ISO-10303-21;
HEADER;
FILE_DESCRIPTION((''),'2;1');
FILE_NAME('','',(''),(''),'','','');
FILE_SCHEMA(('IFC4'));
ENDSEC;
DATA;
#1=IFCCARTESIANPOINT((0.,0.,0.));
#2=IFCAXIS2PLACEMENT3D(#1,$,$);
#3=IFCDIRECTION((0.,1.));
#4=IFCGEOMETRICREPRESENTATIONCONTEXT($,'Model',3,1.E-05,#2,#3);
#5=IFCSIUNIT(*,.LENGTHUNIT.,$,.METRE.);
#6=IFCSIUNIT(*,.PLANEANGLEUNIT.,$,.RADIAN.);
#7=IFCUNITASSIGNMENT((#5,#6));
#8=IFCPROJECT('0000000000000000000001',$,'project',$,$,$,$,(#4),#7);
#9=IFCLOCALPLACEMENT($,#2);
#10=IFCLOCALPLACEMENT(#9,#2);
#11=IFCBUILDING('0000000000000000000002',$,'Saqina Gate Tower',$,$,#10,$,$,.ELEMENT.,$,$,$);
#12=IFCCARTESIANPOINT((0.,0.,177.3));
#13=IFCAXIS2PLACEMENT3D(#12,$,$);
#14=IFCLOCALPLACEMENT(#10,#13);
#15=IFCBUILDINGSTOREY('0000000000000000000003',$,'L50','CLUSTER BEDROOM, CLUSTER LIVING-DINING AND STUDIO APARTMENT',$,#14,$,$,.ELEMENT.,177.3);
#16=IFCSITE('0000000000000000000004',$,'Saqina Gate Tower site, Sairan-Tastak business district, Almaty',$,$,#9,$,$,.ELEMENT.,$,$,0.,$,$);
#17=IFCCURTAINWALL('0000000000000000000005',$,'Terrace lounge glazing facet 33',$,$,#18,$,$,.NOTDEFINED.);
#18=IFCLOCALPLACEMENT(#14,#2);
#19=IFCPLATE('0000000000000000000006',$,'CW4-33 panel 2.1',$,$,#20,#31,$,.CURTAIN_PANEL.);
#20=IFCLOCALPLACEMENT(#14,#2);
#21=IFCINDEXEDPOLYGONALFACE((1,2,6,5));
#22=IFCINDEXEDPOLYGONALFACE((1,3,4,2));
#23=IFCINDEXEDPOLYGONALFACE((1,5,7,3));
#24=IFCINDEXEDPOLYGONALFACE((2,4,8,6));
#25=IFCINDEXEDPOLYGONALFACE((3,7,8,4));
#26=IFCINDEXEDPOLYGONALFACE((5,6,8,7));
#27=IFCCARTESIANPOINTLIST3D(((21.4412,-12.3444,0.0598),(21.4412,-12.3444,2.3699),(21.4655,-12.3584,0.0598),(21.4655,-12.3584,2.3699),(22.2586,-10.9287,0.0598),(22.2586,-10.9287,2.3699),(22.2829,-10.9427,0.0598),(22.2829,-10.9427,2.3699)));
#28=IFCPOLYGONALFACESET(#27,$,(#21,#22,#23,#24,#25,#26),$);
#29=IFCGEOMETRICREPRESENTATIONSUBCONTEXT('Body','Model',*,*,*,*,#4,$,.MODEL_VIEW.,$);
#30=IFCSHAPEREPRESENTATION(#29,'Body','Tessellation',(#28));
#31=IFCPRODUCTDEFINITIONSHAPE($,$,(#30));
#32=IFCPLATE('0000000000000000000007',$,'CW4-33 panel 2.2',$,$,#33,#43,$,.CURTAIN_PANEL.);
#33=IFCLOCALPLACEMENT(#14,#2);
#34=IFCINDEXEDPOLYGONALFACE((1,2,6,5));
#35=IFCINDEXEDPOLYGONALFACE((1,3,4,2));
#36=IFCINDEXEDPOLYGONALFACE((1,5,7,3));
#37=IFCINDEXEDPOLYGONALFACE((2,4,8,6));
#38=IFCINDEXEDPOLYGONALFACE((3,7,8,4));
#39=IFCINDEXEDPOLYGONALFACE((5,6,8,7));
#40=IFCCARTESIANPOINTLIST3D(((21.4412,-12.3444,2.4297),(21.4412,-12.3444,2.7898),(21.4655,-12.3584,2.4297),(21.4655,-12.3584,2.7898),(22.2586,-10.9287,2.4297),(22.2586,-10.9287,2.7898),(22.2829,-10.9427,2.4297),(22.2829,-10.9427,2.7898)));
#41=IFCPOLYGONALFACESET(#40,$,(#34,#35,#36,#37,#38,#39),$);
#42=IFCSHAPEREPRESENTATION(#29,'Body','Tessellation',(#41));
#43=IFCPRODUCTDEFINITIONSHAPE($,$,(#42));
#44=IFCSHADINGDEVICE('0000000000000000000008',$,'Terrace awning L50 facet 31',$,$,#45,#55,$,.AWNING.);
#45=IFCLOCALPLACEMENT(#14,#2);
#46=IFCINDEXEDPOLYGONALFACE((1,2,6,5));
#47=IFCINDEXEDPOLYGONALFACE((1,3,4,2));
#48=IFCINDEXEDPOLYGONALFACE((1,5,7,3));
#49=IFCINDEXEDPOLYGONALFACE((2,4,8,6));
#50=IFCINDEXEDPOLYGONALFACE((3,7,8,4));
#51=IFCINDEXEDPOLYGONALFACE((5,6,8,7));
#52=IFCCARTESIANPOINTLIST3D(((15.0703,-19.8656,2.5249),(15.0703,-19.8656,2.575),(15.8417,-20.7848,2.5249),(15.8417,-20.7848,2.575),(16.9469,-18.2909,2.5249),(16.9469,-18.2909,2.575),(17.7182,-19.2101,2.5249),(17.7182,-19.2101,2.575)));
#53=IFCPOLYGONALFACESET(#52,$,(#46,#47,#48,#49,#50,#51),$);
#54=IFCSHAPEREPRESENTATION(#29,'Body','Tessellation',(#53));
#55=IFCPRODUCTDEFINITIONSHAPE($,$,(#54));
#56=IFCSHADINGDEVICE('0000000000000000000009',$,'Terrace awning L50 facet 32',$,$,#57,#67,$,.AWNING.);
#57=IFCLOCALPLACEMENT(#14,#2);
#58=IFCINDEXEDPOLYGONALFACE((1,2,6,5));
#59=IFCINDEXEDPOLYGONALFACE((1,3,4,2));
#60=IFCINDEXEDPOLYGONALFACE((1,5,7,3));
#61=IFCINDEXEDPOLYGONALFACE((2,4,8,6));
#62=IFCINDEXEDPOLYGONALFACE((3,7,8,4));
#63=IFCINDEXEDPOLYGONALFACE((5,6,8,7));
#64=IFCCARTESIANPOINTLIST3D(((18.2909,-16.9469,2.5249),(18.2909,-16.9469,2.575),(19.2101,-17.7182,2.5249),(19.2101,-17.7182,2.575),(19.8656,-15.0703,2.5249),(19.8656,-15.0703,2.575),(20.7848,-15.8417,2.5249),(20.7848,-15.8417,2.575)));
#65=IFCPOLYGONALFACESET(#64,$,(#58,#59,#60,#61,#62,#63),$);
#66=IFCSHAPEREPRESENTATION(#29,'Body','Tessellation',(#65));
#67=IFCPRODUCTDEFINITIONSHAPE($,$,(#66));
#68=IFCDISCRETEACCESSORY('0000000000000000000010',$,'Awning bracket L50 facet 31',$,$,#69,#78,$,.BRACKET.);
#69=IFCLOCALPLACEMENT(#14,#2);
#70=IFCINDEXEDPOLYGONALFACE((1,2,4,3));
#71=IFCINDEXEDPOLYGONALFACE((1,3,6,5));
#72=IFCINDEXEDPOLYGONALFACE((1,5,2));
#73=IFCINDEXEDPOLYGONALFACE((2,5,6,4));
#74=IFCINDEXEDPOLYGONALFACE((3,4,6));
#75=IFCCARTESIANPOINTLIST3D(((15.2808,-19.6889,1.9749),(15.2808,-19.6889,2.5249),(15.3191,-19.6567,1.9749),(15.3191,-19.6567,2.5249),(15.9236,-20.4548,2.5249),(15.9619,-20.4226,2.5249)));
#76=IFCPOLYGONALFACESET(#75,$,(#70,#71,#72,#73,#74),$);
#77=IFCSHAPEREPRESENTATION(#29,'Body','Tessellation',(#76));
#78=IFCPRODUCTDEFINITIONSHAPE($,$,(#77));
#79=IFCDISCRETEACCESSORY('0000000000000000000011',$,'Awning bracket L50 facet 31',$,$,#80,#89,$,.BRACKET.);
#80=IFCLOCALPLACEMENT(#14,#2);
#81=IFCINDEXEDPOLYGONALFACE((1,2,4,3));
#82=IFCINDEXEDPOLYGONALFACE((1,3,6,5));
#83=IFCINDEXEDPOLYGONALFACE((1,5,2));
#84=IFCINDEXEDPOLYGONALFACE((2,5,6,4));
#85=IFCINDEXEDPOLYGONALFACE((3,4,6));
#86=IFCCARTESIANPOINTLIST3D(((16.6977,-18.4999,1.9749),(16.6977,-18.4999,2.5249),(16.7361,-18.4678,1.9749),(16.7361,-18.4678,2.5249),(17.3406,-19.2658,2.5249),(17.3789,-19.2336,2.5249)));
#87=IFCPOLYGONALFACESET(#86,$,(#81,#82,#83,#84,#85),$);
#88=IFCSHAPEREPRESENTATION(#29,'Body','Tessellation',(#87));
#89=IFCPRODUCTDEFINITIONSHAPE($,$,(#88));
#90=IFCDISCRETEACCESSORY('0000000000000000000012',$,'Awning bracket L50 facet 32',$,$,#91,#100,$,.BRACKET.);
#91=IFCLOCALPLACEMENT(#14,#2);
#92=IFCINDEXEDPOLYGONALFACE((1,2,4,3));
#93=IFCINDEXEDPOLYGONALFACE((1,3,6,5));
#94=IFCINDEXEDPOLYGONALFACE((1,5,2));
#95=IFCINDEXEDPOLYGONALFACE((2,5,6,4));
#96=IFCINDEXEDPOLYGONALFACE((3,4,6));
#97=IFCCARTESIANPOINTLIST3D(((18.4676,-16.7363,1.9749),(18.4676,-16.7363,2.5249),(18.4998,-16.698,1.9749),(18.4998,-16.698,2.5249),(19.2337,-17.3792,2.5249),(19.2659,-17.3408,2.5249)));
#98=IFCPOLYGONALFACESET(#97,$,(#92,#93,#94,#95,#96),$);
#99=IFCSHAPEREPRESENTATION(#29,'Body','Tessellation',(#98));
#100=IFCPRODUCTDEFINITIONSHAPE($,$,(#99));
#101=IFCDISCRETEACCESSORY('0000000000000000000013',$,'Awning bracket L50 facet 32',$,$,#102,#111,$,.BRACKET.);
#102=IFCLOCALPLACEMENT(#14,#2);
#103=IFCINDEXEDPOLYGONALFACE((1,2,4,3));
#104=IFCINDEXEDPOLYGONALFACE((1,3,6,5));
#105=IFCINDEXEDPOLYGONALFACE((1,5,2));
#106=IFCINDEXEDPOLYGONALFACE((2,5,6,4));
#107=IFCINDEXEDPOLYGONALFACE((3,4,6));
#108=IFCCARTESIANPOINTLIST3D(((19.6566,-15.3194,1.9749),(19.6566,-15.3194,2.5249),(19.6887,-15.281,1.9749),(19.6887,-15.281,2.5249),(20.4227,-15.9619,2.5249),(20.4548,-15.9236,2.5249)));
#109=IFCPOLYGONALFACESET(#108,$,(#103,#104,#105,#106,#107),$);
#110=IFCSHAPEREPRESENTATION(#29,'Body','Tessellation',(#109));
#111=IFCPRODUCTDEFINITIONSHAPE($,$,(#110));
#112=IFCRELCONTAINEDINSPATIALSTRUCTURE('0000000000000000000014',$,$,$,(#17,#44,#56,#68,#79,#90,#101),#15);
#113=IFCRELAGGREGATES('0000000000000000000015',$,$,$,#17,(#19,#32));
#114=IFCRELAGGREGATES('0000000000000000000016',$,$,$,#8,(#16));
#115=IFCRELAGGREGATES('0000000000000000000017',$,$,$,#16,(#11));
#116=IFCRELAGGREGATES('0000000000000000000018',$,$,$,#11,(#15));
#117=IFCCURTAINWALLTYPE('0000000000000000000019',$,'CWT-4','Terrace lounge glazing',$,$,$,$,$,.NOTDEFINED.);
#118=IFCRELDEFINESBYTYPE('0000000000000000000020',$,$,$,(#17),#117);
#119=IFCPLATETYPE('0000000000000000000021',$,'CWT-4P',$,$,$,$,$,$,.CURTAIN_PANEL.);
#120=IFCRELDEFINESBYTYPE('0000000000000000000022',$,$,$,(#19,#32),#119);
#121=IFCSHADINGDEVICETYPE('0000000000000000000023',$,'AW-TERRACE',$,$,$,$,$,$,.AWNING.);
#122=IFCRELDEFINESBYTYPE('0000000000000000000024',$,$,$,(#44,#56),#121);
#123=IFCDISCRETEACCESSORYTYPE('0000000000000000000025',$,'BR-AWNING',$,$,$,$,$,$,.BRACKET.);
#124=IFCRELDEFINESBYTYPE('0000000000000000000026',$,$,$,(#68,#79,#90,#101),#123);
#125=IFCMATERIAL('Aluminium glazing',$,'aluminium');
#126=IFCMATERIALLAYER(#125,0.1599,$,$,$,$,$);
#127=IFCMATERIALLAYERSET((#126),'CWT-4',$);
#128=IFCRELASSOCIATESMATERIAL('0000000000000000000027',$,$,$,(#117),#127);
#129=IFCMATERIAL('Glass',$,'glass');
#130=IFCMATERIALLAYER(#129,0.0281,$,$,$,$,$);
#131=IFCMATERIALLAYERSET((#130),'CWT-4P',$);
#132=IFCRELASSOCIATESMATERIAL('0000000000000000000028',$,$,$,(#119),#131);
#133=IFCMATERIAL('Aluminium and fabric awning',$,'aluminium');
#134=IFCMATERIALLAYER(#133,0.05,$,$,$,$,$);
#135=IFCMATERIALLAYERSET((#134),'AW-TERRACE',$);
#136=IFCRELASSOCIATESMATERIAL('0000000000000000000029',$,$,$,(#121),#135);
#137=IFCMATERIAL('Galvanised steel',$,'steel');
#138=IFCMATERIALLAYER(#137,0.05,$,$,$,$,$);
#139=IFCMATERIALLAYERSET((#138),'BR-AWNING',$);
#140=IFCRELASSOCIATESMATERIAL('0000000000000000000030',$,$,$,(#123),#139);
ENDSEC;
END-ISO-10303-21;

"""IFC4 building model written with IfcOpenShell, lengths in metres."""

from ifc_helpers import new_model, si_unit, direction, frame, origin, origin_2d, place, context, subcontext, project, spatial, polyline, rectangle, outline, extrude, material, layer, layer_set, type_object, element, aggregate, save


model = new_model("IFC4")

# Units and contexts
model_context = context("Model", 3, precision=1e-05, world=origin(), true_north=direction((0.0, 1.0)))
body_context = subcontext(model_context, "Body", "Model", "MODEL_VIEW")
ifc_project = project(units=[si_unit("LENGTHUNIT", "METRE"), si_unit("PLANEANGLEUNIT", "RADIAN")], contexts=[model_context])

# Site, building, storey
site_placement = place(None, origin())
site = spatial("IfcSite", under=ifc_project, at=site_placement, Name="Saqina Gate Tower site, Sairan-Tastak business district, Almaty", CompositionType="ELEMENT", RefElevation=0.0)
building_placement = place(site_placement, origin())
building = spatial("IfcBuilding", under=site, at=building_placement, Name="Saqina Gate Tower", CompositionType="ELEMENT")
storey_placement = place(building_placement, frame((0.0, 0.0, 177.3)))
storey = spatial("IfcBuildingStorey", under=building, at=storey_placement, Name="L50", Description="CLUSTER BEDROOM, CLUSTER LIVING-DINING AND STUDIO APARTMENT", CompositionType="ELEMENT", Elevation=177.3)

# Curtain wall, plates
ifc_material_1 = material(Name="Aluminium glazing", Category="aluminium")
ifc_layer_1 = layer(ifc_material_1, 0.1599)
ifc_layer_set_1 = layer_set([ifc_layer_1], Name="CWT-4")
curtain_wall_type = type_object("IfcCurtainWallType", Name="CWT-4", Description="Terrace lounge glazing", PredefinedType="NOTDEFINED", material=ifc_layer_set_1)
curtain_wall_placement = place(storey_placement, origin())
curtain_wall = element("IfcCurtainWall", 1, at=curtain_wall_placement, inside=storey, type_object=curtain_wall_type, Name="Terrace lounge glazing facet 33", PredefinedType="NOTDEFINED")
ifc_material_2 = material(Name="Glass", Category="glass")
ifc_layer_2 = layer(ifc_material_2, 0.0281)
ifc_layer_set_2 = layer_set([ifc_layer_2], Name="CWT-4P")
plate_type = type_object("IfcPlateType", Name="CWT-4P", PredefinedType="CURTAIN_PANEL", material=ifc_layer_set_2)
plate_1_placement = place(storey_placement, frame((21.8621, -11.6436, 0.0598), z_axis=(0.0, 0.0, 1.0), x_axis=(0.500014, 0.866017, 0.0)))
plate_1 = element("IfcPlate", 2, at=plate_1_placement, type_object=plate_type, Name="CW4-33 panel 2.1", PredefinedType="CURTAIN_PANEL", context=body_context, shape_type="SweptSolid", body=[
    extrude(rectangle(XDim=1.6348, YDim=0.0281, at=origin_2d()), origin(), (0.0, 0.0, 1.0), 2.3101),
])
plate_2_placement = place(storey_placement, frame((21.8621, -11.6436, 2.4297), z_axis=(0.0, 0.0, 1.0), x_axis=(0.500014, 0.866017, 0.0)))
plate_2 = element("IfcPlate", 3, at=plate_2_placement, type_object=plate_type, Name="CW4-33 panel 2.2", PredefinedType="CURTAIN_PANEL", context=body_context, shape_type="SweptSolid", body=[
    extrude(rectangle(XDim=1.6348, YDim=0.0281, at=origin_2d()), origin(), (0.0, 0.0, 1.0), 0.3601),
])
aggregate(curtain_wall, [plate_1, plate_2])

# Shading devices
ifc_material_3 = material(Name="Aluminium and fabric awning", Category="aluminium")
ifc_layer_3 = layer(ifc_material_3, 0.05)
ifc_layer_set_3 = layer_set([ifc_layer_3], Name="AW-TERRACE")
shading_device_type = type_object("IfcShadingDeviceType", Name="AW-TERRACE", PredefinedType="AWNING", material=ifc_layer_set_3)
for number, where, z_axis, x_axis, name in (
    (4, (16.3943, -19.5378, 2.5249), (0.0, 0.0, 1.0), (0.766044, 0.642788, 0.0), "Terrace awning L50 facet 31"),
    (5, (19.5378, -16.3943, 2.5249), (0.0, 0.0, 1.0), (0.642788, 0.766044, 0.0), "Terrace awning L50 facet 32"),
):
    element("IfcShadingDevice", number, at=place(storey_placement, frame(where, z_axis=z_axis, x_axis=x_axis)), inside=storey, type_object=shading_device_type, Name=name, PredefinedType="AWNING", context=body_context, shape_type="SweptSolid", body=[
        extrude(rectangle(XDim=2.4497, YDim=1.2, at=origin_2d()), origin(), (0.0, 0.0, 1.0), 0.05),
    ])

# Discrete accessories
ifc_material_4 = material(Name="Galvanised steel", Category="steel")
ifc_layer_4 = layer(ifc_material_4, 0.05)
ifc_layer_set_4 = layer_set([ifc_layer_4], Name="BR-AWNING")
discrete_accessory_type = type_object("IfcDiscreteAccessoryType", Name="BR-AWNING", PredefinedType="BRACKET", material=ifc_layer_set_4)
for number, where, z_axis, x_axis, name in (
    (6, (15.3191, -19.6567, 1.9749), (0.765955, 0.642894, 0.0), (0.0, 0.0, 1.0), "Awning bracket L50 facet 31"),
    (7, (16.7361, -18.4678, 1.9749), (0.765955, 0.642894, 0.0), (0.0, 0.0, 1.0), "Awning bracket L50 facet 31"),
):
    element("IfcDiscreteAccessory", number, at=place(storey_placement, frame(where, z_axis=z_axis, x_axis=x_axis)), inside=storey, type_object=discrete_accessory_type, Name=name, PredefinedType="BRACKET", context=body_context, shape_type="SweptSolid", body=[
        extrude(outline(polyline([(0.0, 0.0), (0.55, 0.0), (0.55, 0.9999), (0.0, 0.0)])), origin(), (0.0, 0.0, -1.0), 0.05),
    ])
discrete_accessory_1_placement = place(storey_placement, frame((18.4998, -16.698, 1.9749), z_axis=(0.642774, 0.766056, 0.0), x_axis=(0.0, 0.0, 1.0)))
element("IfcDiscreteAccessory", 8, at=discrete_accessory_1_placement, inside=storey, type_object=discrete_accessory_type, Name="Awning bracket L50 facet 32", PredefinedType="BRACKET", context=body_context, shape_type="SweptSolid", body=[
    extrude(outline(polyline([(0.0, 0.0), (0.55, 0.0), (0.55, 1.0001), (0.0, 0.0)])), origin(), (0.0, 0.0, -1.0), 0.05),
])
discrete_accessory_2_placement = place(storey_placement, frame((19.6887, -15.281, 1.9749), z_axis=(0.642631, 0.766176, 0.0), x_axis=(0.0, 0.0, 1.0)))
element("IfcDiscreteAccessory", 9, at=discrete_accessory_2_placement, inside=storey, type_object=discrete_accessory_type, Name="Awning bracket L50 facet 32", PredefinedType="BRACKET", context=body_context, shape_type="SweptSolid", body=[
    extrude(outline(polyline([(0.0, 0.0), (0.55, 0.0), (0.55, 0.9999), (0.0, 0.0)])), origin(), (0.0, 0.0, -1.0), 0.05),
])

save(model, "model.ifc")
